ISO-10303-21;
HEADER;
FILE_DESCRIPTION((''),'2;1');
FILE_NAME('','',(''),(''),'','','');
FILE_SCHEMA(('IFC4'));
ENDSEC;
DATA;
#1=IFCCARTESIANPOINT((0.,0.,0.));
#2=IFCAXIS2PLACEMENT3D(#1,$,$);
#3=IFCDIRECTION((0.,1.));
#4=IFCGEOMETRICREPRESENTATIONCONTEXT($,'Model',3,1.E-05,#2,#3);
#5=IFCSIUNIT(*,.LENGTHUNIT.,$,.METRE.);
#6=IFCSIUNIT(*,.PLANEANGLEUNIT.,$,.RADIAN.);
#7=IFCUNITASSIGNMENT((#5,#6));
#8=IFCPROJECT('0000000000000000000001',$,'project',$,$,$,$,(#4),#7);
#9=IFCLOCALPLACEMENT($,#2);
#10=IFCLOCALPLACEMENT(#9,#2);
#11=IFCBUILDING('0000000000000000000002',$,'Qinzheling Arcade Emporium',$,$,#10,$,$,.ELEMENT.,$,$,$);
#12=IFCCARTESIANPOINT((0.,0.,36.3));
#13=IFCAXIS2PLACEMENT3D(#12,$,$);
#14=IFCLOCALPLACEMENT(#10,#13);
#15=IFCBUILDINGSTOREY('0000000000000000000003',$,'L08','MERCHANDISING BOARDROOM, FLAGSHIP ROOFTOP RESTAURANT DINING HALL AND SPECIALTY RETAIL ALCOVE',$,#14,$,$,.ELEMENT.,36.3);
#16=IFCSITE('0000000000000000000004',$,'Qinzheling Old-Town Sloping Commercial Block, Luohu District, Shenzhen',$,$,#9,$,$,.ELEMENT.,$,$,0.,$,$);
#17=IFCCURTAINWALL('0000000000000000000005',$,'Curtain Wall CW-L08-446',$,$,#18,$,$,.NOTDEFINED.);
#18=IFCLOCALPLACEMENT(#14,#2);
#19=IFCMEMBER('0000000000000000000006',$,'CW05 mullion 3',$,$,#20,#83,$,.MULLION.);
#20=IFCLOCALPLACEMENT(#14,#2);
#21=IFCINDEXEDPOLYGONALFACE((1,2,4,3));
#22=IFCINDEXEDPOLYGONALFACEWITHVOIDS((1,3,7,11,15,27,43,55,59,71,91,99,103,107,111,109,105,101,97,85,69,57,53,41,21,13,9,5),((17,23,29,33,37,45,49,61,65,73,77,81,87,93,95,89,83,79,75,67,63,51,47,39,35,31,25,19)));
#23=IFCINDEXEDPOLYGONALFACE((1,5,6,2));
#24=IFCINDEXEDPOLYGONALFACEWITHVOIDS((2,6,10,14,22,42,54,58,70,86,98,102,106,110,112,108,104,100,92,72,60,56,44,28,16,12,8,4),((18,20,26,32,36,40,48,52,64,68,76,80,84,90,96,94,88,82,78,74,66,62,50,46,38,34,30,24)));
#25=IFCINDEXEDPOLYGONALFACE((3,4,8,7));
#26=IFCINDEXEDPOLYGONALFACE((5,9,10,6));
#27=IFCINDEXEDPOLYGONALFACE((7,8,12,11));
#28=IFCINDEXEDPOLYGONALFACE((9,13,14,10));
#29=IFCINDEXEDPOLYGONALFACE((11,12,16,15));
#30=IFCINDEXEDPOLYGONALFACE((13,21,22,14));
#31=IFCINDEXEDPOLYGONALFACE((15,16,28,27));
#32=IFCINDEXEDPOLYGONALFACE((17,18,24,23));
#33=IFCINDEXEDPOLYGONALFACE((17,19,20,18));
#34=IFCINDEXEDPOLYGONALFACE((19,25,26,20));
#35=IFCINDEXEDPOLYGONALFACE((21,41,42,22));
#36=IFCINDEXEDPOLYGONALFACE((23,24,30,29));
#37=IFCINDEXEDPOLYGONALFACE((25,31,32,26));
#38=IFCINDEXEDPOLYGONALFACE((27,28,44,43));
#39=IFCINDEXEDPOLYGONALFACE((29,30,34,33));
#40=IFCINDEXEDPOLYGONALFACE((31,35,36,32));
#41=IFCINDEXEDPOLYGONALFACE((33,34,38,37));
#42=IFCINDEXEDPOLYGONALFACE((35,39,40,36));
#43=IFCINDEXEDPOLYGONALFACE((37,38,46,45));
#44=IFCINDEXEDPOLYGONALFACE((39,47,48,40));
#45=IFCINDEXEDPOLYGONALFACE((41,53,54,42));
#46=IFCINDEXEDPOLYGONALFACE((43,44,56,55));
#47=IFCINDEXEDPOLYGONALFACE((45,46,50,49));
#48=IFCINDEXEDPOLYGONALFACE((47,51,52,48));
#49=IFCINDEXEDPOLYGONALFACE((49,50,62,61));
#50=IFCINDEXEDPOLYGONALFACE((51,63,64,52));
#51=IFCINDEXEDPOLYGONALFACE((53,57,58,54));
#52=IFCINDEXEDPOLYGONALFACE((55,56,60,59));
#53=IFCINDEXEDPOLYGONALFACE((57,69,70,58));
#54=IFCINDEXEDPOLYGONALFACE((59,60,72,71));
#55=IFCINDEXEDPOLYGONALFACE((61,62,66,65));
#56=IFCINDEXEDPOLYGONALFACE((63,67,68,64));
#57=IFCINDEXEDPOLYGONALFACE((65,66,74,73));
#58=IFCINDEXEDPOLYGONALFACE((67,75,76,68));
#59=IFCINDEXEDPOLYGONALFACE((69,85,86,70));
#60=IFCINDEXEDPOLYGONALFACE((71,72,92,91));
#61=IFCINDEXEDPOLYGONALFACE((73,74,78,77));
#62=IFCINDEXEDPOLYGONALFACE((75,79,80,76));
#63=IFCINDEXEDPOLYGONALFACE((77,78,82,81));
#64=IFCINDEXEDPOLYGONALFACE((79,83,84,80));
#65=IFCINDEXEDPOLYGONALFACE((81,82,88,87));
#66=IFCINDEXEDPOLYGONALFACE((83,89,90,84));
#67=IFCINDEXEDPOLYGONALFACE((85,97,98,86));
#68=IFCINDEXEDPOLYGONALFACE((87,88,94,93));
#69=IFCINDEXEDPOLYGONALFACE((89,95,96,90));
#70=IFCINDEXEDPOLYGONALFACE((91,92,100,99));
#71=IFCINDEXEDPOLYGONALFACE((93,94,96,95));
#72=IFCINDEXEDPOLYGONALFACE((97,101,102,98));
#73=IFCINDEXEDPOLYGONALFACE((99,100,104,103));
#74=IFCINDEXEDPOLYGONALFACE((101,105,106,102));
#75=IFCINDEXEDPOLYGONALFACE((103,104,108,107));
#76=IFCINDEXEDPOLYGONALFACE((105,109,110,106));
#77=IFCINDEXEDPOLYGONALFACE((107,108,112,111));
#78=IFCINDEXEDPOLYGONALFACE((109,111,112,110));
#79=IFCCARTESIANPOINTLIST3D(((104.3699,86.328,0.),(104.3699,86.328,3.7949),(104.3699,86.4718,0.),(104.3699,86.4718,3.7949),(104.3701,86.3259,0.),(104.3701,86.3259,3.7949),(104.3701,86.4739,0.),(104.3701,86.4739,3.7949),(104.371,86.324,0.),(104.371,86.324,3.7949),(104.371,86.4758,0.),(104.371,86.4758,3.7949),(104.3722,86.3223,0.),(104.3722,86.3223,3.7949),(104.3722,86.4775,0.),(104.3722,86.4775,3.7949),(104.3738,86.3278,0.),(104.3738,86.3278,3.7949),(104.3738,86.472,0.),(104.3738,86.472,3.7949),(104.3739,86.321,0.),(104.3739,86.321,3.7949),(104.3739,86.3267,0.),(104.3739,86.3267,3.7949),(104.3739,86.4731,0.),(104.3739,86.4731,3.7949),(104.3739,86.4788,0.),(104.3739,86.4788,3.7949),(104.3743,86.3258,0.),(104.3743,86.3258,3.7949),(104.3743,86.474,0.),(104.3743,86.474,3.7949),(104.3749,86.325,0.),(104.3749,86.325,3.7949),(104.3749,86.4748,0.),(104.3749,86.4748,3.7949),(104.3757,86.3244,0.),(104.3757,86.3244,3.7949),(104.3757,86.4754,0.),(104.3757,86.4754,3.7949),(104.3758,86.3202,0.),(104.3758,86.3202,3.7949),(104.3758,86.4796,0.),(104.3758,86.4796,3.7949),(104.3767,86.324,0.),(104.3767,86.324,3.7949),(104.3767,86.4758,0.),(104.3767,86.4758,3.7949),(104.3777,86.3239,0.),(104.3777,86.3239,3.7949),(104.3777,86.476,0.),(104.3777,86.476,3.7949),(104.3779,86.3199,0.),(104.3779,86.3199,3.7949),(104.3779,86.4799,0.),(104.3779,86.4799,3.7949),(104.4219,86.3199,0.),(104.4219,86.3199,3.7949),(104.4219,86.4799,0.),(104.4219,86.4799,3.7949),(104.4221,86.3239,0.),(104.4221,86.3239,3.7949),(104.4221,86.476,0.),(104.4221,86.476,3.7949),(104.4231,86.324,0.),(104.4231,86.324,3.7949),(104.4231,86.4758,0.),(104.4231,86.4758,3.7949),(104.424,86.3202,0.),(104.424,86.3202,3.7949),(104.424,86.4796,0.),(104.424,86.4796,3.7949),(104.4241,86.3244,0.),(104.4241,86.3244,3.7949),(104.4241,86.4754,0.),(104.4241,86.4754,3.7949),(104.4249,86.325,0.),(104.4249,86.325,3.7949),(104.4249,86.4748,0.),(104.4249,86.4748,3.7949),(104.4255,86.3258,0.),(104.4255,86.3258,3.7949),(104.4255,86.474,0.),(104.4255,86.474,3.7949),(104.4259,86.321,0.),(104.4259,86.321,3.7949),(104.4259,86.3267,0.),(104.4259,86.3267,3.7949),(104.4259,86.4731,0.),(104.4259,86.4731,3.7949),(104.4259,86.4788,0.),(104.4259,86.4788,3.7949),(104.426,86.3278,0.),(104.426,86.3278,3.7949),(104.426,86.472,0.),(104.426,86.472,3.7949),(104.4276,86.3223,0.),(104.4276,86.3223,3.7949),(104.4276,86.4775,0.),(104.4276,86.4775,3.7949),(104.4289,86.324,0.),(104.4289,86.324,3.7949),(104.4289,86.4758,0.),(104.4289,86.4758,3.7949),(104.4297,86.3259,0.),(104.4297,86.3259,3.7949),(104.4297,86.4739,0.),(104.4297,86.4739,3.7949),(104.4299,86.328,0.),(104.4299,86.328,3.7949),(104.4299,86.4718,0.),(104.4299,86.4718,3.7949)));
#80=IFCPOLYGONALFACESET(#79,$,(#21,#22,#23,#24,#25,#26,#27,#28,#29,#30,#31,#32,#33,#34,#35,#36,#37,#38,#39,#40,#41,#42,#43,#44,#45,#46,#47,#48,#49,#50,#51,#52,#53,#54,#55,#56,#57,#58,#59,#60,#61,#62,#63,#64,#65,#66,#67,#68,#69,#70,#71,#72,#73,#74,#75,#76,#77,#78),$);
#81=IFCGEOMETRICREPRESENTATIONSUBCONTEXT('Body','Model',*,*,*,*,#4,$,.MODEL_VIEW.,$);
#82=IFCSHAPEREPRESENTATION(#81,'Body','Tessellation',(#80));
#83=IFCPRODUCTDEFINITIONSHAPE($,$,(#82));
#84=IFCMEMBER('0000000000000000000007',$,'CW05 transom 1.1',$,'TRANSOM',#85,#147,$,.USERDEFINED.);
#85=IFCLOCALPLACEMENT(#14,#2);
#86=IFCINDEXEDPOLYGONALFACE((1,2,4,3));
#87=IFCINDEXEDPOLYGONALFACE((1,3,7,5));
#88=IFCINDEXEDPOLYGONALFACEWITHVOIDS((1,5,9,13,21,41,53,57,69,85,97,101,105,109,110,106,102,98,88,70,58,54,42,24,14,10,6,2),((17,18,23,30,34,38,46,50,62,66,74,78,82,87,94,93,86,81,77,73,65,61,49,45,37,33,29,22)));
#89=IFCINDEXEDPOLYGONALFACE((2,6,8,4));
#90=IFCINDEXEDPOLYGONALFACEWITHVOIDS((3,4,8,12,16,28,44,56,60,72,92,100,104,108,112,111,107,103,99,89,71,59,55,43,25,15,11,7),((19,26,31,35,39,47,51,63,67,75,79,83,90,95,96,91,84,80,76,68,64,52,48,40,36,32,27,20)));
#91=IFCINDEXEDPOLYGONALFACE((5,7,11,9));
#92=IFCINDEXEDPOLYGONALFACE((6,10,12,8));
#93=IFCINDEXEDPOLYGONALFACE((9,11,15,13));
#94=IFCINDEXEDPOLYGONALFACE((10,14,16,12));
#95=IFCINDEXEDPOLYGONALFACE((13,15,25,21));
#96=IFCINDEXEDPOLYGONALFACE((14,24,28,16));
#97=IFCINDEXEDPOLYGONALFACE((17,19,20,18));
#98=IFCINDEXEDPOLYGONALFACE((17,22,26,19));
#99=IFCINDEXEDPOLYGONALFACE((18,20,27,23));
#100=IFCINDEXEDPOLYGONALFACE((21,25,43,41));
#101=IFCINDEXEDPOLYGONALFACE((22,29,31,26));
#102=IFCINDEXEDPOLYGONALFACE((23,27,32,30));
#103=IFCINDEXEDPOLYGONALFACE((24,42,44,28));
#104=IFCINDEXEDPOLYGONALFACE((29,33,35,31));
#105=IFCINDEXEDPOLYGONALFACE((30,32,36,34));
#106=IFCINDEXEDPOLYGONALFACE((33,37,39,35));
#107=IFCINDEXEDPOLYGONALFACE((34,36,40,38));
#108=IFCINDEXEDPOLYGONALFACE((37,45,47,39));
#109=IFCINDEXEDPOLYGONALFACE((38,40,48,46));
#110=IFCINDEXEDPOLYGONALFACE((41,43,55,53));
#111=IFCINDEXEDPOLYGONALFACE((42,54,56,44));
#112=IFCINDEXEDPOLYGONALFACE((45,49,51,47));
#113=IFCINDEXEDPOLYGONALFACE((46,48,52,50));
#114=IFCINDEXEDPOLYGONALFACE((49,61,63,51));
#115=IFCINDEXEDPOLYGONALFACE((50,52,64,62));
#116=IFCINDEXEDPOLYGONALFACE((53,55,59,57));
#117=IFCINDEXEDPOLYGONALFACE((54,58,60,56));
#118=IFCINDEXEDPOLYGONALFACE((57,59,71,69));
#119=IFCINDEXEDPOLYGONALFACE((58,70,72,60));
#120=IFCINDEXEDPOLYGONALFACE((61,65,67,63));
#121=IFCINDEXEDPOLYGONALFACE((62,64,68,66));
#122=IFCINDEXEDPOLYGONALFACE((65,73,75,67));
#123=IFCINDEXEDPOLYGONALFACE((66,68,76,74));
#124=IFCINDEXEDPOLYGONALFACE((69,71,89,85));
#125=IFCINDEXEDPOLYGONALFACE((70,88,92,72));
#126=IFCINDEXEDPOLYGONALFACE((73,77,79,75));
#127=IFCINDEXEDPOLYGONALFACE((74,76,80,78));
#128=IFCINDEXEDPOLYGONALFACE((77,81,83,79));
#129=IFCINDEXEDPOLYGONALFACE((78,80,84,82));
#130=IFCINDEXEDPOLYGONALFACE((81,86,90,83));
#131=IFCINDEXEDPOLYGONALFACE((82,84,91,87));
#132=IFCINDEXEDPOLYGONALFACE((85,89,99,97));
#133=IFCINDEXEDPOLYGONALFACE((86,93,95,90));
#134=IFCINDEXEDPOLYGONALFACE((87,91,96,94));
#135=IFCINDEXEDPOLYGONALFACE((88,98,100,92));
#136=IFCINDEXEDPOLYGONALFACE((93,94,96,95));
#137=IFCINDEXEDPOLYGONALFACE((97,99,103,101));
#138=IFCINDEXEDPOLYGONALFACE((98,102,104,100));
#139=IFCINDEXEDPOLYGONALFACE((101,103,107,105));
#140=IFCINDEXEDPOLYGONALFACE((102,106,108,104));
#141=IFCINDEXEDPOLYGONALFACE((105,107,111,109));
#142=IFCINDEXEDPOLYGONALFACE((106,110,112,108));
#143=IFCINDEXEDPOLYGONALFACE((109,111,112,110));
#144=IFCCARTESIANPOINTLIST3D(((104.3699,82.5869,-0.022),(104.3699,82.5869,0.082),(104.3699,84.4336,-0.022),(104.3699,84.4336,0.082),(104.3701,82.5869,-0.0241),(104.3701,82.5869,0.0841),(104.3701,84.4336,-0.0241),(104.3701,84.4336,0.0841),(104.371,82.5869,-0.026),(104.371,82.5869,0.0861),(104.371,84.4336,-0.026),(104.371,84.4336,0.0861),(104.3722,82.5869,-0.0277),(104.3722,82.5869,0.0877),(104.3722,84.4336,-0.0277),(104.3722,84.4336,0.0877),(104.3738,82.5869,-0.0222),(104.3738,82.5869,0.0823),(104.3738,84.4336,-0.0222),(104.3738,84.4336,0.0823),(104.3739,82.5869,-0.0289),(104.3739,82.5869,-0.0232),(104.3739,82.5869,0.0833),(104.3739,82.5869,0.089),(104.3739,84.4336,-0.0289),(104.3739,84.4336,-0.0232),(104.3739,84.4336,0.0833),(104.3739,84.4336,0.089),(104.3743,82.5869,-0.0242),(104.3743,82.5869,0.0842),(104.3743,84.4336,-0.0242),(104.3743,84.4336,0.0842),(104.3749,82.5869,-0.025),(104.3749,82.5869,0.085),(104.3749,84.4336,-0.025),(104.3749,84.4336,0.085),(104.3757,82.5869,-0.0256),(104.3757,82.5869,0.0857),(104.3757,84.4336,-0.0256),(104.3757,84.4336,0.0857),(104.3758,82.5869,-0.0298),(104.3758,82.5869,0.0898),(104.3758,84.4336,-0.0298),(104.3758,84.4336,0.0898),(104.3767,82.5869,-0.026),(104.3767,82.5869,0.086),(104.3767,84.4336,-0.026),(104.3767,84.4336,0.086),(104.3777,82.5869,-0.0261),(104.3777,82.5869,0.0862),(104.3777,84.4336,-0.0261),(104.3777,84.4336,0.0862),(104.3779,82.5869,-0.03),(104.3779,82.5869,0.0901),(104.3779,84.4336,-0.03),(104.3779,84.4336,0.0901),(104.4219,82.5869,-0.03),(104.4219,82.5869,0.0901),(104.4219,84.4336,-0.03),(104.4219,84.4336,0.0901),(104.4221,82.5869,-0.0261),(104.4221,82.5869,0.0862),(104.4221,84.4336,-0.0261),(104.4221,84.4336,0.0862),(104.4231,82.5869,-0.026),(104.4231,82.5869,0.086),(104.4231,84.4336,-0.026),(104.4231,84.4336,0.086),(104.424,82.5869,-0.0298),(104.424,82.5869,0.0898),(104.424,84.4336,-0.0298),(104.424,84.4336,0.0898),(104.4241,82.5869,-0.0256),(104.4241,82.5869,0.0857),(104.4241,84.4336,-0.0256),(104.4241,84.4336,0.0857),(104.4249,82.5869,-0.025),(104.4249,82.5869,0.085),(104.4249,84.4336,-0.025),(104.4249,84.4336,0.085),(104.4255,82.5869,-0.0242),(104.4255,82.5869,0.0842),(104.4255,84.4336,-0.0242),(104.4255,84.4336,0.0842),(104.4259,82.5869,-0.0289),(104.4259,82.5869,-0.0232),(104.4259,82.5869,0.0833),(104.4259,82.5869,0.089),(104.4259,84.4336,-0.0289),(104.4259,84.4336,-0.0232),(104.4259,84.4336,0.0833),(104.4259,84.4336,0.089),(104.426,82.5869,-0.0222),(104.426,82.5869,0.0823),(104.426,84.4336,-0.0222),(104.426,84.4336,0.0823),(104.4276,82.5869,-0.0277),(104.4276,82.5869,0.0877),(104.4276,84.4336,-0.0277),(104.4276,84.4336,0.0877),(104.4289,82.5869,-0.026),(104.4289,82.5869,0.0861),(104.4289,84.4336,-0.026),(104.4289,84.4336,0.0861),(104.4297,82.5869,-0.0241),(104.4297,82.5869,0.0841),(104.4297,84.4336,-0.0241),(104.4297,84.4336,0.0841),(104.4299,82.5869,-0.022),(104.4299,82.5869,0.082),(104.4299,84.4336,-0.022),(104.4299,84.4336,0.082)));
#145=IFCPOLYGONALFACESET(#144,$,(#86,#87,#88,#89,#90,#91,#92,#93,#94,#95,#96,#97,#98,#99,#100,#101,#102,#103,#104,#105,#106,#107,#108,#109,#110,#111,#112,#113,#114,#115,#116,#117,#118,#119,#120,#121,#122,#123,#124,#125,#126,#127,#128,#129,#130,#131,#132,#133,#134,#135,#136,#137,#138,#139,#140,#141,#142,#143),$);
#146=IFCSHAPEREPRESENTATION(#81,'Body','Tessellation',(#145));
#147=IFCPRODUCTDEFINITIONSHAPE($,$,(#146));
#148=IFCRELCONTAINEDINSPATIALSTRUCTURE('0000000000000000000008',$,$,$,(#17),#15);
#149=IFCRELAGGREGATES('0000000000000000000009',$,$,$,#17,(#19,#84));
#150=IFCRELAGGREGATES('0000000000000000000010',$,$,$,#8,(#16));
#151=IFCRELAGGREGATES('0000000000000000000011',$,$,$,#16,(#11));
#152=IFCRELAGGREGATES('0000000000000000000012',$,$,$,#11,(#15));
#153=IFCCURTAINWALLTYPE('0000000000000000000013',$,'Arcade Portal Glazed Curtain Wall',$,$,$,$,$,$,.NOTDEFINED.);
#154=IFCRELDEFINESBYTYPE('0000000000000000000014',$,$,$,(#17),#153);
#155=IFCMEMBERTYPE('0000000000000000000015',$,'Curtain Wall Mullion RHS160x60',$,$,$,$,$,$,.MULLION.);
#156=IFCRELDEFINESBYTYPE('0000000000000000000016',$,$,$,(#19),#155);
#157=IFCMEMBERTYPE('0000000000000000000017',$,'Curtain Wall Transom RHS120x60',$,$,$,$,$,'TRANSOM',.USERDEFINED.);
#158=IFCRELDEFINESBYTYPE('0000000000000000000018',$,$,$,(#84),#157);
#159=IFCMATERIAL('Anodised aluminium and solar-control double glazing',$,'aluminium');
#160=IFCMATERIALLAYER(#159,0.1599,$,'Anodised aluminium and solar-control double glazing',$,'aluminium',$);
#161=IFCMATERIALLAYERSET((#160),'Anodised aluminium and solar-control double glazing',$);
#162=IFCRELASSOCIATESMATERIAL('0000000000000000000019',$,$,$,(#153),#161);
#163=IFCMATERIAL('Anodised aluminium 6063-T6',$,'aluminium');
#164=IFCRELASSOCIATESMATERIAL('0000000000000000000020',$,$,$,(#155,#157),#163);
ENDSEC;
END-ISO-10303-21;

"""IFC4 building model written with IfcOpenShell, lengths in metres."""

from ifc_helpers import new_model, si_unit, direction, frame, origin, origin_2d, place, context, subcontext, project, spatial, hollow_rectangle, extrude, material, layer, layer_set, material_profile, profile_set, type_object, element, aggregate, save


model = new_model("IFC4")

# Units and contexts
model_context = context("Model", 3, precision=1e-05, world=origin(), true_north=direction((0.0, 1.0)))
body_context = subcontext(model_context, "Body", "Model", "MODEL_VIEW")
ifc_project = project(units=[si_unit("LENGTHUNIT", "METRE"), si_unit("PLANEANGLEUNIT", "RADIAN")], contexts=[model_context])

# Site, building, storey
site_placement = place(None, origin())
site = spatial("IfcSite", under=ifc_project, at=site_placement, Name="Qinzheling Old-Town Sloping Commercial Block, Luohu District, Shenzhen", CompositionType="ELEMENT", RefElevation=0.0)
building_placement = place(site_placement, origin())
building = spatial("IfcBuilding", under=site, at=building_placement, Name="Qinzheling Arcade Emporium", CompositionType="ELEMENT")
storey_placement = place(building_placement, frame((0.0, 0.0, 36.3)))
storey = spatial("IfcBuildingStorey", under=building, at=storey_placement, Name="L08", Description="MERCHANDISING BOARDROOM, FLAGSHIP ROOFTOP RESTAURANT DINING HALL AND SPECIALTY RETAIL ALCOVE", CompositionType="ELEMENT", Elevation=36.3)

# Curtain wall, members
ifc_material_1 = material(Name="Anodised aluminium and solar-control double glazing", Category="aluminium")
ifc_layer_1 = layer(ifc_material_1, 0.1599, Name="Anodised aluminium and solar-control double glazing", Category="aluminium")
ifc_layer_set_1 = layer_set([ifc_layer_1], Name="Anodised aluminium and solar-control double glazing")
curtain_wall_type = type_object("IfcCurtainWallType", Name="Arcade Portal Glazed Curtain Wall", PredefinedType="NOTDEFINED", material=ifc_layer_set_1)
curtain_wall_placement = place(storey_placement, origin())
curtain_wall = element("IfcCurtainWall", 1, at=curtain_wall_placement, inside=storey, type_object=curtain_wall_type, Name="Curtain Wall CW-L08-446", PredefinedType="NOTDEFINED")
ifc_material_2 = material(Name="Anodised aluminium 6063-T6", Category="aluminium")
ifc_material_profile_1 = material_profile(ifc_material_2, hollow_rectangle(XDim=0.0601, YDim=0.1599, WallThickness=0.0039, InnerFilletRadius=0.0039, OuterFilletRadius=0.0081, at=origin_2d()), Name="RHS 160x60x4", Category="aluminium")
ifc_profile_set_1 = profile_set([ifc_material_profile_1], Name="Anodised aluminium 6063-T6")
member_type_1 = type_object("IfcMemberType", Name="Curtain Wall Mullion RHS160x60", PredefinedType="MULLION", material=ifc_profile_set_1)
member_1_placement = place(storey_placement, frame((104.3999, 86.3999, 0.0), z_axis=(0.0, 0.0, 1.0), x_axis=(-1.0, 0.0, 0.0)))
member_1 = element("IfcMember", 2, at=member_1_placement, type_object=member_type_1, Name="CW05 mullion 3", PredefinedType="MULLION", context=body_context, shape_type="SweptSolid", body=[
    extrude(hollow_rectangle(XDim=0.0601, YDim=0.1599, WallThickness=0.0039, InnerFilletRadius=0.0039, OuterFilletRadius=0.0081, at=origin_2d()), origin(), (0.0, 0.0, 1.0), 3.7949),
])
ifc_material_profile_2 = material_profile(ifc_material_2, hollow_rectangle(XDim=0.0601, YDim=0.1201, WallThickness=0.0039, InnerFilletRadius=0.0039, OuterFilletRadius=0.0081, at=origin_2d()), Name="RHS 120x60x4", Category="aluminium")
ifc_profile_set_2 = profile_set([ifc_material_profile_2], Name="Anodised aluminium 6063-T6")
member_type_2 = type_object("IfcMemberType", Name="Curtain Wall Transom RHS120x60", ElementType="TRANSOM", PredefinedType="USERDEFINED", material=ifc_profile_set_2)
member_2_placement = place(storey_placement, frame((104.3999, 82.5869, 0.03), z_axis=(0.0, 1.0, 0.0), x_axis=(-1.0, 0.0, 0.0)))
member_2 = element("IfcMember", 3, at=member_2_placement, type_object=member_type_2, Name="CW05 transom 1.1", ObjectType="TRANSOM", PredefinedType="USERDEFINED", context=body_context, shape_type="SweptSolid", body=[
    extrude(hollow_rectangle(XDim=0.0601, YDim=0.1201, WallThickness=0.0039, InnerFilletRadius=0.0039, OuterFilletRadius=0.0081, at=origin_2d()), origin(), (0.0, 0.0, 1.0), 1.8467),
])

aggregate(curtain_wall, [member_1, member_2])

save(model, "model.ifc")
